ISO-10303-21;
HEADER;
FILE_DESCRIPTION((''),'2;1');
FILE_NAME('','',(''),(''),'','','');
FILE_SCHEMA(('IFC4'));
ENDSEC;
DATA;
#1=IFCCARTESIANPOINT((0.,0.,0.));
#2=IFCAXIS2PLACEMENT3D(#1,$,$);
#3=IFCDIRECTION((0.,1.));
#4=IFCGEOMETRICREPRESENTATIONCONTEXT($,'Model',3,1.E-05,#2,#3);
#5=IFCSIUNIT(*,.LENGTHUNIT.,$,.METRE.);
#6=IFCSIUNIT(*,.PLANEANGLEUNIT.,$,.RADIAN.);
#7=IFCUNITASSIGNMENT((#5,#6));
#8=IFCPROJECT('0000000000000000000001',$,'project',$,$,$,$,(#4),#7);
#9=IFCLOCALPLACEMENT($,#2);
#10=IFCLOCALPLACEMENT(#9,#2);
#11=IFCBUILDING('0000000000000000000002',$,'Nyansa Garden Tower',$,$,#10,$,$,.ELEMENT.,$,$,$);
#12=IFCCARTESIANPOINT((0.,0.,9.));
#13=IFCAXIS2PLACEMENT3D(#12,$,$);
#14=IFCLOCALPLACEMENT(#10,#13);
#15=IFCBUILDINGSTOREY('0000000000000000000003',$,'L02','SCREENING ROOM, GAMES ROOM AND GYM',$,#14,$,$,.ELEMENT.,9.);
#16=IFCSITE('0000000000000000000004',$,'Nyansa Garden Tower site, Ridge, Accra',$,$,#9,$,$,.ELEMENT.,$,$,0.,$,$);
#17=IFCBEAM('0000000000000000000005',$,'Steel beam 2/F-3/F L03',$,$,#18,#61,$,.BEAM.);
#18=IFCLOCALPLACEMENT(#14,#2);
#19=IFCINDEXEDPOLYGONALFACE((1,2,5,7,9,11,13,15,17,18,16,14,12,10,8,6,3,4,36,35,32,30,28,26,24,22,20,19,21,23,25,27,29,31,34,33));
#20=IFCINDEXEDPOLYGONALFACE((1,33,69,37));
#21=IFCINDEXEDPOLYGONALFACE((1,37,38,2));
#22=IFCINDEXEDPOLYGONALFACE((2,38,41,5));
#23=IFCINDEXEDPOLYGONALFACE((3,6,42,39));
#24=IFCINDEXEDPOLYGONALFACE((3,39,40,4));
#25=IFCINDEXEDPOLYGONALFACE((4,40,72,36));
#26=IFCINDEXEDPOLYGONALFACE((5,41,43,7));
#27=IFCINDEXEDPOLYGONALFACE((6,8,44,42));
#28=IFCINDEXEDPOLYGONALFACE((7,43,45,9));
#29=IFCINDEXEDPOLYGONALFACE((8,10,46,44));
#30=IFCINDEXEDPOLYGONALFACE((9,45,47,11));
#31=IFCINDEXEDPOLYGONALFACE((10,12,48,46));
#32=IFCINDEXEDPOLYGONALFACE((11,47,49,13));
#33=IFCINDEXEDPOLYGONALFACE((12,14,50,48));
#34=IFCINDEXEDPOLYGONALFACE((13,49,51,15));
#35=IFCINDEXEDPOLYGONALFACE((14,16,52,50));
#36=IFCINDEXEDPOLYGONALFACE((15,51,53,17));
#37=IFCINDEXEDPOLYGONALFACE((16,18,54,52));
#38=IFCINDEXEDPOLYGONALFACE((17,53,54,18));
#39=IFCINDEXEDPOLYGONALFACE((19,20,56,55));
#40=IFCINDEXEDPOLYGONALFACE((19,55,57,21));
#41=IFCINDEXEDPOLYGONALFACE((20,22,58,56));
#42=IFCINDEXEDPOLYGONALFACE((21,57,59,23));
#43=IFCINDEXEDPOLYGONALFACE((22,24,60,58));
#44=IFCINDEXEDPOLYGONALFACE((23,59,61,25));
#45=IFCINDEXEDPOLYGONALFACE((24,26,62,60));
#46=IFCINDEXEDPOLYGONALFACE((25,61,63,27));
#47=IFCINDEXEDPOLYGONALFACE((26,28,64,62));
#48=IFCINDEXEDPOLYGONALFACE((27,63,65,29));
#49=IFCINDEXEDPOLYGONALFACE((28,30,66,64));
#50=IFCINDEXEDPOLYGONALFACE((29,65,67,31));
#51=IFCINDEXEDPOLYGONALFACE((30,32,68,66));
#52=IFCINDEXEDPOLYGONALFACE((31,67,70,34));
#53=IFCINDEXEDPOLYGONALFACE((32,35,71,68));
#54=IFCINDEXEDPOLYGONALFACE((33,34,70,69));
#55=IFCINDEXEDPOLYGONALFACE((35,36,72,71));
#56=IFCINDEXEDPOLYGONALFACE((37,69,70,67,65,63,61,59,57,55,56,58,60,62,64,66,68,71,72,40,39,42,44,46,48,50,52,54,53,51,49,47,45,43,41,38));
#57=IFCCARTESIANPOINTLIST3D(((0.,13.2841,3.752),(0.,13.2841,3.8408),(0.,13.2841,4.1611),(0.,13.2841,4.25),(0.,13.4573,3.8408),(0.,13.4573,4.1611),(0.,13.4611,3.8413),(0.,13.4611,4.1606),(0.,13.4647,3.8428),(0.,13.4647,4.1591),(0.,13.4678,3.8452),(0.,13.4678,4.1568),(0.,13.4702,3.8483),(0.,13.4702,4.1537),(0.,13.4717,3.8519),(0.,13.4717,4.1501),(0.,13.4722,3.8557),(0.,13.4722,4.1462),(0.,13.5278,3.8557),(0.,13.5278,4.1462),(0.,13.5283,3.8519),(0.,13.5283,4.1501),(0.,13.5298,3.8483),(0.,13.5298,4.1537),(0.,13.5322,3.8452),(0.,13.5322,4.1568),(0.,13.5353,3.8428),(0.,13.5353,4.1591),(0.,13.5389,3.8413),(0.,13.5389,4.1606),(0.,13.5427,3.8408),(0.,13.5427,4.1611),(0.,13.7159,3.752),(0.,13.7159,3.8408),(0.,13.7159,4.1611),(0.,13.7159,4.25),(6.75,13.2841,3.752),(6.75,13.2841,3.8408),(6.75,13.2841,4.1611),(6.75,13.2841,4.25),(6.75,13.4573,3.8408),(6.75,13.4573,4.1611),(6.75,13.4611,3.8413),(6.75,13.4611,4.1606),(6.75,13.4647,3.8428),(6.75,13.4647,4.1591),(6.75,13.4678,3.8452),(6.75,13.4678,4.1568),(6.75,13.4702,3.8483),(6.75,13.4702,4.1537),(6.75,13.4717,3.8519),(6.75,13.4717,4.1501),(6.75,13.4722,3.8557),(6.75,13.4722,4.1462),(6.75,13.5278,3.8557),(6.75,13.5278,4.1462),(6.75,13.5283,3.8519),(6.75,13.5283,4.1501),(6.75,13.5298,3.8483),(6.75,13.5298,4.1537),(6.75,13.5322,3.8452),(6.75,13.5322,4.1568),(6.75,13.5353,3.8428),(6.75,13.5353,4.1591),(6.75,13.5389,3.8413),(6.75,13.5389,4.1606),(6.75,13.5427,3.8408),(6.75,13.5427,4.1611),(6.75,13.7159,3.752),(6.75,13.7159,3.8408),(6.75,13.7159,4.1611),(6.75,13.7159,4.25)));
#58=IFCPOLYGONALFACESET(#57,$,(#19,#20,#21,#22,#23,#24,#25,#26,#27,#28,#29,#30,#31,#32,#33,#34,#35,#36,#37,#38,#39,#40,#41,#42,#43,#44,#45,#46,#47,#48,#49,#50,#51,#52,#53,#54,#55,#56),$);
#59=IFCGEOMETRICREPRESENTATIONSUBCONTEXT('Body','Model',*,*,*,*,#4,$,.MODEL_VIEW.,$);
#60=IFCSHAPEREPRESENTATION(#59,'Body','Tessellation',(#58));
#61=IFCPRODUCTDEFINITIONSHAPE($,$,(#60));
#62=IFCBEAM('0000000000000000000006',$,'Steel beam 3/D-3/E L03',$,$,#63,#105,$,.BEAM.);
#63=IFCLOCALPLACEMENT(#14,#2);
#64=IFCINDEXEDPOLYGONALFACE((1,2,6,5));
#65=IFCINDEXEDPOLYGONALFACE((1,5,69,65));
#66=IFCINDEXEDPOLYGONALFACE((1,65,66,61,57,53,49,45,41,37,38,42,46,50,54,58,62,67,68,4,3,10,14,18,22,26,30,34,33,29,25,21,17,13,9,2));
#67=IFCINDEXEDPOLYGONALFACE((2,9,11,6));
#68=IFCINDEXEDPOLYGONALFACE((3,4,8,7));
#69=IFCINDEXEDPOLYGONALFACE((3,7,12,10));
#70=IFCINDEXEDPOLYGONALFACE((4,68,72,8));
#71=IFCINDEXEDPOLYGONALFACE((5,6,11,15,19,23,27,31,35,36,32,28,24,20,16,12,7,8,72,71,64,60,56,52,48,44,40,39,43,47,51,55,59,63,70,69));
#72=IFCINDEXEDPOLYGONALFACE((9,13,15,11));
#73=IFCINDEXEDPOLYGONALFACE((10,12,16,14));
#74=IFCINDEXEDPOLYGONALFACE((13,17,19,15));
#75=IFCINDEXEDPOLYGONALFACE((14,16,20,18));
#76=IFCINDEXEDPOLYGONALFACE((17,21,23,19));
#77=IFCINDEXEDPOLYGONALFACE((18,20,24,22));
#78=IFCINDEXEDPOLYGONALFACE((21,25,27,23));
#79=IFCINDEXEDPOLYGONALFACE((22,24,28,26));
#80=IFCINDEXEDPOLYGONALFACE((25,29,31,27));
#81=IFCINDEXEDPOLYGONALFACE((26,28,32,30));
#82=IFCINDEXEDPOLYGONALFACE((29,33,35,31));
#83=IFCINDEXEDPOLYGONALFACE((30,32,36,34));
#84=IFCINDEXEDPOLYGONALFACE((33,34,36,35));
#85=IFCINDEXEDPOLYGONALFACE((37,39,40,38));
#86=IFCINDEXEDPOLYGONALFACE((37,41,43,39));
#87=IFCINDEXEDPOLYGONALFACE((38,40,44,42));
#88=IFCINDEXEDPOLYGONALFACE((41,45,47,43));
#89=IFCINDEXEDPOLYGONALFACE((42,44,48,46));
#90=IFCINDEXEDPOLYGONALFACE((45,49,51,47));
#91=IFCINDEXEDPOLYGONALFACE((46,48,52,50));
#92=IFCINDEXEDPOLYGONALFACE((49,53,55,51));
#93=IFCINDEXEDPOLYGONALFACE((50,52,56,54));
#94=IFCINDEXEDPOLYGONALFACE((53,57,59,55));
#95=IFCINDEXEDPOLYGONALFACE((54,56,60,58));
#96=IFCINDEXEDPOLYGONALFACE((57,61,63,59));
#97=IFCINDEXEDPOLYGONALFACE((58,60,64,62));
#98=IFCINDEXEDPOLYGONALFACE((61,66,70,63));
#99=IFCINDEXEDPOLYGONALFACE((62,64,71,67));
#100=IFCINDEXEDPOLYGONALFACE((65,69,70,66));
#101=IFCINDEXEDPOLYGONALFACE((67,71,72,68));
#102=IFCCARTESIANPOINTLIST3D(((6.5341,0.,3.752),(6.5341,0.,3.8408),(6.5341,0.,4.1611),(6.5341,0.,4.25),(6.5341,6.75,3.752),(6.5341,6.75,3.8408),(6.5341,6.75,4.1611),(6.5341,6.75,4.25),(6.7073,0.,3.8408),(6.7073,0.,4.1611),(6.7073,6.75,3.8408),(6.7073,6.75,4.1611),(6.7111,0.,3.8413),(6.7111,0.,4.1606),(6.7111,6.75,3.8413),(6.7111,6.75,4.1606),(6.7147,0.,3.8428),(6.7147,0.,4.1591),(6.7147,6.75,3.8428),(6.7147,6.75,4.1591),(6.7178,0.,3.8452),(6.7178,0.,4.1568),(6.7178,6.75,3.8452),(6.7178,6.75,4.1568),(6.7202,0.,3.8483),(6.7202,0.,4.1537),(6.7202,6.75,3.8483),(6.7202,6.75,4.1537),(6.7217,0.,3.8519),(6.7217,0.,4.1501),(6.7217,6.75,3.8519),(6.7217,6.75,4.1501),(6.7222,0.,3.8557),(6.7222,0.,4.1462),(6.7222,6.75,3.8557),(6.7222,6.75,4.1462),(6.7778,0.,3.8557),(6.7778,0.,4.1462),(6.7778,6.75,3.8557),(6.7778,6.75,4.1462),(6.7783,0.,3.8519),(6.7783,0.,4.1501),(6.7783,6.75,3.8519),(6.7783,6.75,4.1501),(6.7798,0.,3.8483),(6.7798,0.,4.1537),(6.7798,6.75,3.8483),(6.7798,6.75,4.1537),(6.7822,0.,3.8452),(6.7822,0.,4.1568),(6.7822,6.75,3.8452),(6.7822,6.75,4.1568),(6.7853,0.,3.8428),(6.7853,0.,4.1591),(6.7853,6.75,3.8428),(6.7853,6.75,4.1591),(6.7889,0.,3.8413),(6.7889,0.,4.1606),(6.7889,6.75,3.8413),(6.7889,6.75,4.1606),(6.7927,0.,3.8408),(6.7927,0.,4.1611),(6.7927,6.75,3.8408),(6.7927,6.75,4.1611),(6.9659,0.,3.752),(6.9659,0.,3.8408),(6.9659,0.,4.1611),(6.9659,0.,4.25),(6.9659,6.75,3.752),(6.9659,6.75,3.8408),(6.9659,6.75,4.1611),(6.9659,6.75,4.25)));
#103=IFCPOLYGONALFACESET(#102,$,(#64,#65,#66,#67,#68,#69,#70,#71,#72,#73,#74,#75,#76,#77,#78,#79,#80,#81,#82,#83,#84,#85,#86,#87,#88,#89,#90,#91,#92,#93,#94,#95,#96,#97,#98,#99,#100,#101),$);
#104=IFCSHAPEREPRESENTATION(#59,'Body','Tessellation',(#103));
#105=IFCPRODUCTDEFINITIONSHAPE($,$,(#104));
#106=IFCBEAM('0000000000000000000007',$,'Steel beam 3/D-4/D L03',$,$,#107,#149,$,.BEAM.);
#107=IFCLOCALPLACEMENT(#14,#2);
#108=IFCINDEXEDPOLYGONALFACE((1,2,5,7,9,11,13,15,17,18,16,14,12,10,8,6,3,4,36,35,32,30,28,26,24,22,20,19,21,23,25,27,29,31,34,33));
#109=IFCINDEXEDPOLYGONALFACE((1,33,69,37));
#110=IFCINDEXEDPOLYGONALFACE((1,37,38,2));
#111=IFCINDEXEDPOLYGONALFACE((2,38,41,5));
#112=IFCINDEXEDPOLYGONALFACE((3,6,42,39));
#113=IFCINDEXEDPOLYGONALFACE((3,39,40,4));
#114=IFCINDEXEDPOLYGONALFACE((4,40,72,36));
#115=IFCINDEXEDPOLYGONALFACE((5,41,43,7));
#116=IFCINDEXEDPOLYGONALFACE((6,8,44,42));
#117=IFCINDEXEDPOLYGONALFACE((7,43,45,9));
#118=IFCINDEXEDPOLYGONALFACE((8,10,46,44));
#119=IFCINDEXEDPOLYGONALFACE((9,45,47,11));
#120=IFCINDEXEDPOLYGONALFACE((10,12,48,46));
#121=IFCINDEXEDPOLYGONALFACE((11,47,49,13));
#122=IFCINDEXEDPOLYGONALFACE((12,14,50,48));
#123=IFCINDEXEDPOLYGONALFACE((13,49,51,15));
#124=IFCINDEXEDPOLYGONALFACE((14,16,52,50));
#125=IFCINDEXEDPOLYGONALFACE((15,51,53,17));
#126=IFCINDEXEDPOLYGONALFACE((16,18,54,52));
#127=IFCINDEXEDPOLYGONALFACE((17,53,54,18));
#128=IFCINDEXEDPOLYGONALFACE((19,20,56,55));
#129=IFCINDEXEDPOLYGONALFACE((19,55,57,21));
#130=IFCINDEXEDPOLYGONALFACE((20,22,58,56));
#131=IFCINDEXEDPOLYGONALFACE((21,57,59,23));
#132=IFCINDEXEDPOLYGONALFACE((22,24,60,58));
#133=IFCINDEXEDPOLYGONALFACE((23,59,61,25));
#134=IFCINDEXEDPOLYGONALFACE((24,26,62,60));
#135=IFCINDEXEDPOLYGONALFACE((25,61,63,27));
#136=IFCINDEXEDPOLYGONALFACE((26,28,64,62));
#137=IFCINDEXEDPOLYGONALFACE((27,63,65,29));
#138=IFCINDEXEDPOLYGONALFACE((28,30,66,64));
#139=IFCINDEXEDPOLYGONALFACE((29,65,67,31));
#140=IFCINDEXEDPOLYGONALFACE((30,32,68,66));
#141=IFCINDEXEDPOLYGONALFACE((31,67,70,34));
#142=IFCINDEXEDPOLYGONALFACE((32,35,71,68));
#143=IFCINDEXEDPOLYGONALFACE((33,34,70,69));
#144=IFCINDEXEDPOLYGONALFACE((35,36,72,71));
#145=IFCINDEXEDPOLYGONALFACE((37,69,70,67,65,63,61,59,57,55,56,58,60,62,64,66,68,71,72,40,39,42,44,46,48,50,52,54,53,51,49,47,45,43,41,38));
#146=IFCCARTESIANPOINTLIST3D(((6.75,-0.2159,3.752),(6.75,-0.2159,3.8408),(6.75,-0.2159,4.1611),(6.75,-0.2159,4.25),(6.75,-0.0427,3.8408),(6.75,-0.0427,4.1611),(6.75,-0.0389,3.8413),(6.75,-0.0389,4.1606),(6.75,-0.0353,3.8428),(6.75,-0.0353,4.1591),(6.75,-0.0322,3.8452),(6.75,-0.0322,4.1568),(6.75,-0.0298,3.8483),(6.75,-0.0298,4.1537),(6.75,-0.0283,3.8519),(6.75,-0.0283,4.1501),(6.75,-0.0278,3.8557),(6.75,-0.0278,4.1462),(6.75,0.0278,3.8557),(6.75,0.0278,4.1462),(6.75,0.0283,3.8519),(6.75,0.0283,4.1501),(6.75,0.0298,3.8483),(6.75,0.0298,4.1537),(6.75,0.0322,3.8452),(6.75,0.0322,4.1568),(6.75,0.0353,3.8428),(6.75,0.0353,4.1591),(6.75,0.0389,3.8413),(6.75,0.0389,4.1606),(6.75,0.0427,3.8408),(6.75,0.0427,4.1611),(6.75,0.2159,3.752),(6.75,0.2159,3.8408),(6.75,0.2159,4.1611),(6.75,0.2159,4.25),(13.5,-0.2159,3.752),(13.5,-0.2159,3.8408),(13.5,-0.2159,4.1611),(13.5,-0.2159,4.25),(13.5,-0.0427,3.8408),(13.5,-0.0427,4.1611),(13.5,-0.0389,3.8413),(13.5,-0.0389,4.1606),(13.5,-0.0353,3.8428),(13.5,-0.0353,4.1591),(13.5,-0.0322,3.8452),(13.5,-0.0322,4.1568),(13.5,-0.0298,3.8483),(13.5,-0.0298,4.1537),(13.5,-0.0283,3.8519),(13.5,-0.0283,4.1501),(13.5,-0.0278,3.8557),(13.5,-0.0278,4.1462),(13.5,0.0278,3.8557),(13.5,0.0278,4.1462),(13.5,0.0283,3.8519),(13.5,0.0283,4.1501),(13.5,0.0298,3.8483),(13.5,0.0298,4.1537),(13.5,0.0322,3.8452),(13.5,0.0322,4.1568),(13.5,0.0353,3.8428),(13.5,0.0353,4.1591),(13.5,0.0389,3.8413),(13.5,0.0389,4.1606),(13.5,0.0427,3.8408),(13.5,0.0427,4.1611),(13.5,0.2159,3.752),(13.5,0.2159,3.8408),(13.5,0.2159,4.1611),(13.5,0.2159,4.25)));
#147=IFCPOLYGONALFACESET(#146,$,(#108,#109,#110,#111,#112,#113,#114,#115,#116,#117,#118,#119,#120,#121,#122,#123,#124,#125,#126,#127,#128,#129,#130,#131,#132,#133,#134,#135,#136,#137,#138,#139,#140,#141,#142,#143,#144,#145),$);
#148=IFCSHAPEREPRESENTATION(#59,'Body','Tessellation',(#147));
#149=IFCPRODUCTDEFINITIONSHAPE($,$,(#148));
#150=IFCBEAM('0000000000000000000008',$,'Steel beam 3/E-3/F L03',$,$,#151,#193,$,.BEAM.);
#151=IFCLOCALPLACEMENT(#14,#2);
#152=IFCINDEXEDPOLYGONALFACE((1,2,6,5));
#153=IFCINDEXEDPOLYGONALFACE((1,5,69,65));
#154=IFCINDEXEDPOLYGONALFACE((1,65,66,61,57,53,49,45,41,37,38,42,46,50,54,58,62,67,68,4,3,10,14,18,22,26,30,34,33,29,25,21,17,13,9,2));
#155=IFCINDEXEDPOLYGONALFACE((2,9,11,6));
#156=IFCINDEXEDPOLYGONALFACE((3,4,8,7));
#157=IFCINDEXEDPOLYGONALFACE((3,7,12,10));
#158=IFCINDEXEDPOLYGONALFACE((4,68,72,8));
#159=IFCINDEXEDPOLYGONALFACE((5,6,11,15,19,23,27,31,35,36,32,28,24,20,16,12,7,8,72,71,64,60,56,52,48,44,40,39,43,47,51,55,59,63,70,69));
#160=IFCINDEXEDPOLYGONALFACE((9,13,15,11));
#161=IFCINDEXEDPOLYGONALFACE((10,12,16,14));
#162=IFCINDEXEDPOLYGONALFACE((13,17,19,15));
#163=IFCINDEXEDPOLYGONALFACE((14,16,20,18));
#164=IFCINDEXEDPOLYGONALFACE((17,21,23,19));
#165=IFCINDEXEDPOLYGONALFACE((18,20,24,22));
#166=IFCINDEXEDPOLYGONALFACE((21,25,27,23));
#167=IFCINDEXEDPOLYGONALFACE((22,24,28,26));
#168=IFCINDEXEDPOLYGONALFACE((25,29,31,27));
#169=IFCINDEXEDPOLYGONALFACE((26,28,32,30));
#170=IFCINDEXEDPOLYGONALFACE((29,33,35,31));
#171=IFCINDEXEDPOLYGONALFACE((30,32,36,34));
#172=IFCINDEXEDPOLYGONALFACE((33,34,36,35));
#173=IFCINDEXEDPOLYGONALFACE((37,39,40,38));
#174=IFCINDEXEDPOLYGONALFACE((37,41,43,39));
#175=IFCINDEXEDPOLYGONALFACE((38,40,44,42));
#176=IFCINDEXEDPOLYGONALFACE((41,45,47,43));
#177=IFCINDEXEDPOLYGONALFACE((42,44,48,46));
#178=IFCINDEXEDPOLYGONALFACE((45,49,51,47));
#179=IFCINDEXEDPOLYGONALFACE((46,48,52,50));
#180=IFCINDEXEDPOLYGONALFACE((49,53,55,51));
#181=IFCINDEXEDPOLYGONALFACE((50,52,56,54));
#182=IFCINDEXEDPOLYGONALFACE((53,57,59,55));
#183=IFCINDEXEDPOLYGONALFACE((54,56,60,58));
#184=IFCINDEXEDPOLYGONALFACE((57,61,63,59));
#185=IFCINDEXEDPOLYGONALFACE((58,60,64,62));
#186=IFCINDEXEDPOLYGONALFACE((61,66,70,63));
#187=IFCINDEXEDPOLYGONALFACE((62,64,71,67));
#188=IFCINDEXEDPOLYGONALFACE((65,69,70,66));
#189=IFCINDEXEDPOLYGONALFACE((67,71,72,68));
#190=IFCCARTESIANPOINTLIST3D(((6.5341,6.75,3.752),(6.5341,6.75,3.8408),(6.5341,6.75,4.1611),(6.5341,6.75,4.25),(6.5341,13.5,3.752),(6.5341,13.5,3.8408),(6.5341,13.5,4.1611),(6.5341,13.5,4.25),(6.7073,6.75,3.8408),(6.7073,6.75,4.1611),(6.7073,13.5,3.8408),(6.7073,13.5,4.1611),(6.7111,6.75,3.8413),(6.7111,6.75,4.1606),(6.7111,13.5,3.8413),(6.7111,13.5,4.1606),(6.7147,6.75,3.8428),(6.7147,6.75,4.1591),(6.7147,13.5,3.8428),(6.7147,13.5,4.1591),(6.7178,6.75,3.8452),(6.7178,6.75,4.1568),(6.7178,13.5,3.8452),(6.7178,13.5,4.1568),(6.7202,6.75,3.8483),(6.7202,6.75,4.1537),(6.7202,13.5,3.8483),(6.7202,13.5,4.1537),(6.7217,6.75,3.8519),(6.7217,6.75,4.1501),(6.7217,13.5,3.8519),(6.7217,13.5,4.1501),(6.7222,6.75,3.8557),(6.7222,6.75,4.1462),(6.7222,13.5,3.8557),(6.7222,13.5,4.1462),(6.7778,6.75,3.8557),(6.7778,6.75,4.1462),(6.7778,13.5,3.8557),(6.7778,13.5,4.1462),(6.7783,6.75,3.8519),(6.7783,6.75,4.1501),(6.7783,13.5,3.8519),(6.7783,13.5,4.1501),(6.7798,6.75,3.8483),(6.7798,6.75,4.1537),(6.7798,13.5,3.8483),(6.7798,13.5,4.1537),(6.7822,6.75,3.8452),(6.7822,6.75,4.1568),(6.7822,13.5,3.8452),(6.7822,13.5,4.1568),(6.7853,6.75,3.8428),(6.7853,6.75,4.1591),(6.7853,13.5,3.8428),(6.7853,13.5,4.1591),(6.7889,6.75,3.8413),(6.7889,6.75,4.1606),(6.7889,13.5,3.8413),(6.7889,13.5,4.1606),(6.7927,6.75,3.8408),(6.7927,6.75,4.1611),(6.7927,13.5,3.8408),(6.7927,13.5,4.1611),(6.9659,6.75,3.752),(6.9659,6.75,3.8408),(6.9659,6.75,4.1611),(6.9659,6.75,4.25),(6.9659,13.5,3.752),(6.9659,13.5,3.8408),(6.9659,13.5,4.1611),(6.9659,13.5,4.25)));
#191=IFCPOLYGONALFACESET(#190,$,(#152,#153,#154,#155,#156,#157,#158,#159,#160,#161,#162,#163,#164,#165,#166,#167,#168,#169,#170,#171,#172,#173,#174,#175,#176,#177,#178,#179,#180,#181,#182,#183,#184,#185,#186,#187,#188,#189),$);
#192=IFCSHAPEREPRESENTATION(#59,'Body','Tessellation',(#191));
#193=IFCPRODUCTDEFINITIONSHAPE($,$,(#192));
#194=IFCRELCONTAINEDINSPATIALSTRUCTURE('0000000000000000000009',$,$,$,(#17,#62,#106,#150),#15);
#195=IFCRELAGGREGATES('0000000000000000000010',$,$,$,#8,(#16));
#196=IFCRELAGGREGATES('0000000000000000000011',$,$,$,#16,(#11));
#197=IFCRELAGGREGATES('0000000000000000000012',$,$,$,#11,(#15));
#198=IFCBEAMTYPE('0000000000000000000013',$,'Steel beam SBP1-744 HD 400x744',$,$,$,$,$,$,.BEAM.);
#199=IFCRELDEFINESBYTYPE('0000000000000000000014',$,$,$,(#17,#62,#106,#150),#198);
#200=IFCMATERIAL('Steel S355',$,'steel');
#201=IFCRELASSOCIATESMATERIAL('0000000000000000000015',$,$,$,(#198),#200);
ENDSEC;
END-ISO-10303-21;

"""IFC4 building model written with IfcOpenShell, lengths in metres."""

from ifc_helpers import new_model, si_unit, direction, frame, origin, origin_2d, place, context, subcontext, project, spatial, i_section, extrude, material, material_profile, profile_set, type_object, element, save


model = new_model("IFC4")

# Units and contexts
model_context = context("Model", 3, precision=1e-05, world=origin(), true_north=direction((0.0, 1.0)))
body_context = subcontext(model_context, "Body", "Model", "MODEL_VIEW")
ifc_project = project(units=[si_unit("LENGTHUNIT", "METRE"), si_unit("PLANEANGLEUNIT", "RADIAN")], contexts=[model_context])

# Site, building, storey
site_placement = place(None, origin())
site = spatial("IfcSite", under=ifc_project, at=site_placement, Name="Nyansa Garden Tower site, Ridge, Accra", CompositionType="ELEMENT", RefElevation=0.0)
building_placement = place(site_placement, origin())
building = spatial("IfcBuilding", under=site, at=building_placement, Name="Nyansa Garden Tower", CompositionType="ELEMENT")
storey_placement = place(building_placement, frame((0.0, 0.0, 9.0)))
storey = spatial("IfcBuildingStorey", under=building, at=storey_placement, Name="L02", Description="SCREENING ROOM, GAMES ROOM AND GYM", CompositionType="ELEMENT", Elevation=9.0)

# Beams
ifc_material_1 = material(Name="Steel S355", Category="steel")
ifc_material_profile_1 = material_profile(ifc_material_1, i_section(OverallWidth=0.4319, OverallDepth=0.498, WebThickness=0.0557, FlangeThickness=0.0889, FilletRadius=0.0149, at=origin_2d()), Name="HD 400x744")
ifc_profile_set_1 = profile_set([ifc_material_profile_1], Name="Steel S355")
beam_type = type_object("IfcBeamType", Name="Steel beam SBP1-744 HD 400x744", PredefinedType="BEAM", material=ifc_profile_set_1)
for number, where, z_axis, x_axis, name in (
    (1, (0.0, 13.5, 4.001), (1.0, 0.0, 0.0), (0.0, 1.0, 0.0), "Steel beam 2/F-3/F L03"),
    (2, (6.75, 0.0, 4.001), (0.0, 1.0, 0.0), (-1.0, 0.0, 0.0), "Steel beam 3/D-3/E L03"),
    (3, (6.75, 0.0, 4.001), (1.0, 0.0, 0.0), (0.0, 1.0, 0.0), "Steel beam 3/D-4/D L03"),
    (4, (6.75, 6.75, 4.001), (0.0, 1.0, 0.0), (-1.0, 0.0, 0.0), "Steel beam 3/E-3/F L03"),
):
    element("IfcBeam", number, at=place(storey_placement, frame(where, z_axis=z_axis, x_axis=x_axis)), inside=storey, type_object=beam_type, Name=name, PredefinedType="BEAM", context=body_context, shape_type="SweptSolid", body=[
        extrude(i_section(OverallWidth=0.4319, OverallDepth=0.498, WebThickness=0.0557, FlangeThickness=0.0889, FilletRadius=0.0149, at=origin_2d()), origin(), (0.0, 0.0, 1.0), 6.75),
    ])

save(model, "model.ifc")
